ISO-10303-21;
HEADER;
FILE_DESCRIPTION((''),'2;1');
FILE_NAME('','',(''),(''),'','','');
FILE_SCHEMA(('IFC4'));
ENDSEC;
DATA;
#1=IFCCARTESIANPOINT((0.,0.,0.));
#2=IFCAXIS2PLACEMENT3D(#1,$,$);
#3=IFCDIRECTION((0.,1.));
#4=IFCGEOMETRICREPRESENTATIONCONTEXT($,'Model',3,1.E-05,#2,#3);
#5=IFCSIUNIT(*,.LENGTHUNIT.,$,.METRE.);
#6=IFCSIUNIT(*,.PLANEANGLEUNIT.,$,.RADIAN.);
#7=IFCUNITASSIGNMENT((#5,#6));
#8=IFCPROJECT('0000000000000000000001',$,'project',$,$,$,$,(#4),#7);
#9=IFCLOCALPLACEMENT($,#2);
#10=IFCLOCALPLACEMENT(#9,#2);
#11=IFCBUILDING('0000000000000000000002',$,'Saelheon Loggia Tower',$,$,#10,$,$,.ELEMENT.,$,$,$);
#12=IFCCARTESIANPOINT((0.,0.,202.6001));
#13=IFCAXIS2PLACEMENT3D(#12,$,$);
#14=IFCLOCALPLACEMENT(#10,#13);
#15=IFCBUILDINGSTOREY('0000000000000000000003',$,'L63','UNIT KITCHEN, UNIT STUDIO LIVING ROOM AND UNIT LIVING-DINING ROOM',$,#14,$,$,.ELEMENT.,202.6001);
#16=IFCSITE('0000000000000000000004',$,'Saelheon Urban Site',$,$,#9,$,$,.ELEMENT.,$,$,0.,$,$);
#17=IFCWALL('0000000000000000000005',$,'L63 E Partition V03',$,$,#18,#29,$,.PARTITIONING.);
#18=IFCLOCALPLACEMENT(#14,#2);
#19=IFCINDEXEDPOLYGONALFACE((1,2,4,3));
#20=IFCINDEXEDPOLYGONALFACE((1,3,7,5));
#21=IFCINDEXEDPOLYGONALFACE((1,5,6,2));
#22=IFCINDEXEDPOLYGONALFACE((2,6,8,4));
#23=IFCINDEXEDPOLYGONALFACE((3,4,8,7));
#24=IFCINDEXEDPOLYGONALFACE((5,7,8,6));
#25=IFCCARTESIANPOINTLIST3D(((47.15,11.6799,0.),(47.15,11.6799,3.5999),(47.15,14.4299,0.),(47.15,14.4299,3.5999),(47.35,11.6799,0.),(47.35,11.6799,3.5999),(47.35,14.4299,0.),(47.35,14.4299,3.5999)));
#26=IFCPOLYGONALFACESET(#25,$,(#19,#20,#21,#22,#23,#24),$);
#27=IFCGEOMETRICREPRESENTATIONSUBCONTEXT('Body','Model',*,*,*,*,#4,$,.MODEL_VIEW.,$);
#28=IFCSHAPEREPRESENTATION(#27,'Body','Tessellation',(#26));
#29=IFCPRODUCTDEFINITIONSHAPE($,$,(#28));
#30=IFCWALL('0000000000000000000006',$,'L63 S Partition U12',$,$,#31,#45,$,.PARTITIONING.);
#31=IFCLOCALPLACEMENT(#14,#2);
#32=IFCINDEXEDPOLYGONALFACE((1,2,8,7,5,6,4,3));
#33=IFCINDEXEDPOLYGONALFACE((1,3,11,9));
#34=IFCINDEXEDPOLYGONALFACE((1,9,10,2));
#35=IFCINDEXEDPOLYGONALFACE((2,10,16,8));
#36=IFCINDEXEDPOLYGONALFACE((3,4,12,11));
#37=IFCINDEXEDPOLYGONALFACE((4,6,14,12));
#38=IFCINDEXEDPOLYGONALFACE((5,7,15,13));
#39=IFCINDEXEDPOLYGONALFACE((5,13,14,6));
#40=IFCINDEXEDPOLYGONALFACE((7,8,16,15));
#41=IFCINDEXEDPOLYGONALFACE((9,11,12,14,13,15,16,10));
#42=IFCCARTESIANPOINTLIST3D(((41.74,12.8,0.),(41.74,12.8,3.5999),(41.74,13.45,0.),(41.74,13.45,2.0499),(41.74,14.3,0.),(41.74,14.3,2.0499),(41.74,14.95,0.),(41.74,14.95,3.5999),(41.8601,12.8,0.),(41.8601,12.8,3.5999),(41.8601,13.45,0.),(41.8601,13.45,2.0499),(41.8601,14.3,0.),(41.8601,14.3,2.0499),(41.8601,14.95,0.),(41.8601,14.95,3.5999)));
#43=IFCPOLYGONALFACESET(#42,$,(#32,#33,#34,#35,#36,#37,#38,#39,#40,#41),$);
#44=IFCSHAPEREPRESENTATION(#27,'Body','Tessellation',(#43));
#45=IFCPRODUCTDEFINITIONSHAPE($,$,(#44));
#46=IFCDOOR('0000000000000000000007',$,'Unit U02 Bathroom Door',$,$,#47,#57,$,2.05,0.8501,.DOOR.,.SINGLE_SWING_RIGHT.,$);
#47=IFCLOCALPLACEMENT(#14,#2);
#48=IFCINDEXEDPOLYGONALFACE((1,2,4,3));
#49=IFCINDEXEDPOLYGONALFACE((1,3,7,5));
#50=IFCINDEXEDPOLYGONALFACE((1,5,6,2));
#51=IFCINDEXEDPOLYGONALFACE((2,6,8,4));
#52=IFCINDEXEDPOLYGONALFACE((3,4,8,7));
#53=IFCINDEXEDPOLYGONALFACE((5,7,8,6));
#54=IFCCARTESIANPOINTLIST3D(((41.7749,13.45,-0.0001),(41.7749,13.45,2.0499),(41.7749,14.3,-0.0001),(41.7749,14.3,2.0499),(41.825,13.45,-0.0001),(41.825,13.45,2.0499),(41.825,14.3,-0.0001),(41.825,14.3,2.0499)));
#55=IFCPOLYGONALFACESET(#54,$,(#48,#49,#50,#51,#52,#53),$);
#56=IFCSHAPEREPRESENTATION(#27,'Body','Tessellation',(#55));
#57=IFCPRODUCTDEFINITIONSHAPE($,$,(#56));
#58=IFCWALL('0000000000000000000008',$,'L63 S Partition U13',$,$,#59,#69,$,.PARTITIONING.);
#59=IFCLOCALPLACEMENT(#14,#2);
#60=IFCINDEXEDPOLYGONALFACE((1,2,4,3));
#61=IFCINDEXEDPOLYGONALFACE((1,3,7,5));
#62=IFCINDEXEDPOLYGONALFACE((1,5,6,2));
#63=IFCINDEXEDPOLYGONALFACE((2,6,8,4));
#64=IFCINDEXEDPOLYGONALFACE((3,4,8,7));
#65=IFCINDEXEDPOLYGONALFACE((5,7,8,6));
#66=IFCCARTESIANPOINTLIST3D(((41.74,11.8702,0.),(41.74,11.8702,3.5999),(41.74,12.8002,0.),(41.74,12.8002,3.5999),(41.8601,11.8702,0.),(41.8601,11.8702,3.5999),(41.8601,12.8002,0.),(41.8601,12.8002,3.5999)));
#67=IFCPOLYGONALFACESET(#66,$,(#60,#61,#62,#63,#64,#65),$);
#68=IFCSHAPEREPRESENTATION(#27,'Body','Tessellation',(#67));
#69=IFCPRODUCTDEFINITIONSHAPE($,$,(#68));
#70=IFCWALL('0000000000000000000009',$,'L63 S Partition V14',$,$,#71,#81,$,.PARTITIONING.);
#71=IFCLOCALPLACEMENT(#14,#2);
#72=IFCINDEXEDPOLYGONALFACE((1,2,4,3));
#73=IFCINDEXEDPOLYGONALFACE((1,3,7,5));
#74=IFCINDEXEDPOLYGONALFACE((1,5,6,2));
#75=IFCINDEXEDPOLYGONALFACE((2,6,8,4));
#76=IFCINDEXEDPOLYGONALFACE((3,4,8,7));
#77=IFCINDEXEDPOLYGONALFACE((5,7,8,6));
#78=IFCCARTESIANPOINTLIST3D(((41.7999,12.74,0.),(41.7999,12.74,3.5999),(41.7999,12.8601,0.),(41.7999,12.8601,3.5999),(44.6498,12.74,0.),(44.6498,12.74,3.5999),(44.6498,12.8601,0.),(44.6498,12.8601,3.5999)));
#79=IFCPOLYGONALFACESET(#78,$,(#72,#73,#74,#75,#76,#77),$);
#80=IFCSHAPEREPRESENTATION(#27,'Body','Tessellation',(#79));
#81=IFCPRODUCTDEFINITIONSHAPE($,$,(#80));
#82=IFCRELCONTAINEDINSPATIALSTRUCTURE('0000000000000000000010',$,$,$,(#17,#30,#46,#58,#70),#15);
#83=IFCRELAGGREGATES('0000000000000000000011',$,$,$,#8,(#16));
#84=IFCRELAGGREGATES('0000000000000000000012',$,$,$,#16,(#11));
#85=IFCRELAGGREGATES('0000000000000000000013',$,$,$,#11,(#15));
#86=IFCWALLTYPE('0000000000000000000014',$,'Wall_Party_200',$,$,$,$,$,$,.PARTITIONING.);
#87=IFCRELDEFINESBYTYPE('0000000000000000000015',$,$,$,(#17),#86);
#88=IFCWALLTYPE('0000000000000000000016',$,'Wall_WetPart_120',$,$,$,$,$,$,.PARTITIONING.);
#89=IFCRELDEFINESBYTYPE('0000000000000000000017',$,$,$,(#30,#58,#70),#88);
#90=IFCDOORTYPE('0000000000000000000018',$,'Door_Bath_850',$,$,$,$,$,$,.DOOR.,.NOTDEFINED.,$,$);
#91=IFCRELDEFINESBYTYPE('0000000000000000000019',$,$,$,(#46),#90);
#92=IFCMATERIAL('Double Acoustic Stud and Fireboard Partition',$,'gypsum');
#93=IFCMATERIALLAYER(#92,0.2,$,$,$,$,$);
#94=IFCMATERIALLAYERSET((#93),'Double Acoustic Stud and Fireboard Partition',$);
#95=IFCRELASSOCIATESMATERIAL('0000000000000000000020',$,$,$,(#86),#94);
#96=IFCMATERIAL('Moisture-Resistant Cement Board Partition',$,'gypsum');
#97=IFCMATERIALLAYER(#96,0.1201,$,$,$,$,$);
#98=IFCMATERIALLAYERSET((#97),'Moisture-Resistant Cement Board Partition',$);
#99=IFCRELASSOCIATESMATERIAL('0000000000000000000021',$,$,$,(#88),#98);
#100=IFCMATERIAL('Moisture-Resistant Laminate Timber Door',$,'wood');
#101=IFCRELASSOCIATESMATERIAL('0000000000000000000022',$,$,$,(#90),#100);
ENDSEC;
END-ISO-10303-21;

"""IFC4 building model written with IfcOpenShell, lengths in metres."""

from ifc_helpers import new_model, si_unit, direction, frame, frame_2d, origin, place, context, subcontext, project, spatial, rectangle, extrude, source, transform, mapped, material, layer, layer_set, type_object, element, fill, save


model = new_model("IFC4")

# Units and contexts
model_context = context("Model", 3, precision=1e-05, world=origin(), true_north=direction((0.0, 1.0)))
body_context = subcontext(model_context, "Body", "Model", "MODEL_VIEW")
ifc_project = project(units=[si_unit("LENGTHUNIT", "METRE"), si_unit("PLANEANGLEUNIT", "RADIAN")], contexts=[model_context])

# Site, building, storey
site_placement = place(None, origin())
site = spatial("IfcSite", under=ifc_project, at=site_placement, Name="Saelheon Urban Site", CompositionType="ELEMENT", RefElevation=0.0)
building_placement = place(site_placement, origin())
building = spatial("IfcBuilding", under=site, at=building_placement, Name="Saelheon Loggia Tower", CompositionType="ELEMENT")
storey_placement = place(building_placement, frame((0.0, 0.0, 202.6001)))
storey = spatial("IfcBuildingStorey", under=building, at=storey_placement, Name="L63", Description="UNIT KITCHEN, UNIT STUDIO LIVING ROOM AND UNIT LIVING-DINING ROOM", CompositionType="ELEMENT", Elevation=202.6001)

# Shared definitions
ifc_material_1 = material(Name="Double Acoustic Stud and Fireboard Partition", Category="gypsum")
ifc_layer_1 = layer(ifc_material_1, 0.2)
ifc_layer_set_1 = layer_set([ifc_layer_1], Name="Double Acoustic Stud and Fireboard Partition")
wall_type_1 = type_object("IfcWallType", Name="Wall_Party_200", PredefinedType="PARTITIONING", material=ifc_layer_set_1)

# Wall
wall_1_placement = place(storey_placement, frame((47.25, 11.6799, 0.0), z_axis=(0.0, 0.0, 1.0), x_axis=(0.0, 1.0, 0.0)))
element("IfcWall", 1, at=wall_1_placement, inside=storey, type_object=wall_type_1, Name="L63 E Partition V03", PredefinedType="PARTITIONING", context=body_context, shape_type="SweptSolid", body=[
    extrude(rectangle(XDim=2.75, YDim=0.2, at=frame_2d((1.375, 0.0))), origin(), (0.0, 0.0, 1.0), 3.5999),
])

# Wall, opening, door
ifc_material_2 = material(Name="Moisture-Resistant Cement Board Partition", Category="gypsum")
ifc_layer_2 = layer(ifc_material_2, 0.1201)
ifc_layer_set_2 = layer_set([ifc_layer_2], Name="Moisture-Resistant Cement Board Partition")
wall_type_2 = type_object("IfcWallType", Name="Wall_WetPart_120", PredefinedType="PARTITIONING", material=ifc_layer_set_2)
wall_2_placement = place(storey_placement, frame((41.8, 14.95, 0.0), z_axis=(0.0, 0.0, 1.0), x_axis=(0.0, -1.0, 0.0)))
wall_2 = element("IfcWall", 2, at=wall_2_placement, inside=storey, type_object=wall_type_2, Name="L63 S Partition U12", PredefinedType="PARTITIONING", context=body_context, shape_type="SweptSolid", body=[
    extrude(rectangle(XDim=2.1499, YDim=0.1201, at=frame_2d((1.075, 0.0))), origin(), (0.0, 0.0, 1.0), 3.5999),
])
opening_1_placement = place(wall_2_placement, frame((0.6499, 0.0, 0.0)))
opening_1 = element("IfcOpeningElement", 3, at=opening_1_placement, cuts=wall_2, PredefinedType="OPENING", context=body_context, shape_type="SweptSolid", body=[
    extrude(rectangle(XDim=0.8501, YDim=2.05, at=frame_2d((0.425, 1.0249))), frame((0.0, 0.072, 0.0), z_axis=(0.0, -1.0, 0.0), x_axis=(1.0, 0.0, 0.0)), (0.0, 0.0, 1.0), 0.144),
])
ifc_material_3 = material(Name="Moisture-Resistant Laminate Timber Door", Category="wood")
door_type_1 = type_object("IfcDoorType", Name="Door_Bath_850", OperationType="NOTDEFINED", PredefinedType="DOOR", material=ifc_material_3)
shared_shape_1 = source(origin(), body_context, "Body", "SweptSolid", [
    extrude(rectangle(XDim=0.8501, YDim=2.05, at=frame_2d((0.425, 1.0249))), frame((0.0, 0.0249, 0.0), z_axis=(0.0, -1.0, 0.0), x_axis=(1.0, 0.0, 0.0)), (0.0, 0.0, 1.0), 0.05),
])
door_1_placement = place(opening_1_placement, origin())
door_1 = element("IfcDoor", 4, at=door_1_placement, inside=storey, type_object=door_type_1, Name="Unit U02 Bathroom Door", OperationType="SINGLE_SWING_RIGHT", OverallHeight=2.05, OverallWidth=0.8501, PredefinedType="DOOR", context=body_context, shape_type="MappedRepresentation", body=[
    mapped(shared_shape_1, transform((0.0, 0.0, 0.0), scale=1.0)),
])
fill(opening_1, door_1)

# Walls
wall_3_placement = place(storey_placement, frame((41.8, 12.8, 0.0), z_axis=(0.0, 0.0, 1.0), x_axis=(0.0, -1.0, 0.0)))
element("IfcWall", 5, at=wall_3_placement, inside=storey, type_object=wall_type_2, Name="L63 S Partition U13", PredefinedType="PARTITIONING", context=body_context, shape_type="SweptSolid", body=[
    extrude(rectangle(XDim=0.9299, YDim=0.1201, at=frame_2d((0.4648, 0.0))), origin(), (0.0, 0.0, 1.0), 3.5999),
])
wall_4_placement = place(storey_placement, frame((41.8, 12.8, 0.0), z_axis=(0.0, 0.0, 1.0), x_axis=(1.0, 0.0, 0.0)))
element("IfcWall", 6, at=wall_4_placement, inside=storey, type_object=wall_type_2, Name="L63 S Partition V14", PredefinedType="PARTITIONING", context=body_context, shape_type="SweptSolid", body=[
    extrude(rectangle(XDim=2.8499, YDim=0.1201, at=frame_2d((1.4248, 0.0))), origin(), (0.0, 0.0, 1.0), 3.5999),
])

save(model, "model.ifc")
